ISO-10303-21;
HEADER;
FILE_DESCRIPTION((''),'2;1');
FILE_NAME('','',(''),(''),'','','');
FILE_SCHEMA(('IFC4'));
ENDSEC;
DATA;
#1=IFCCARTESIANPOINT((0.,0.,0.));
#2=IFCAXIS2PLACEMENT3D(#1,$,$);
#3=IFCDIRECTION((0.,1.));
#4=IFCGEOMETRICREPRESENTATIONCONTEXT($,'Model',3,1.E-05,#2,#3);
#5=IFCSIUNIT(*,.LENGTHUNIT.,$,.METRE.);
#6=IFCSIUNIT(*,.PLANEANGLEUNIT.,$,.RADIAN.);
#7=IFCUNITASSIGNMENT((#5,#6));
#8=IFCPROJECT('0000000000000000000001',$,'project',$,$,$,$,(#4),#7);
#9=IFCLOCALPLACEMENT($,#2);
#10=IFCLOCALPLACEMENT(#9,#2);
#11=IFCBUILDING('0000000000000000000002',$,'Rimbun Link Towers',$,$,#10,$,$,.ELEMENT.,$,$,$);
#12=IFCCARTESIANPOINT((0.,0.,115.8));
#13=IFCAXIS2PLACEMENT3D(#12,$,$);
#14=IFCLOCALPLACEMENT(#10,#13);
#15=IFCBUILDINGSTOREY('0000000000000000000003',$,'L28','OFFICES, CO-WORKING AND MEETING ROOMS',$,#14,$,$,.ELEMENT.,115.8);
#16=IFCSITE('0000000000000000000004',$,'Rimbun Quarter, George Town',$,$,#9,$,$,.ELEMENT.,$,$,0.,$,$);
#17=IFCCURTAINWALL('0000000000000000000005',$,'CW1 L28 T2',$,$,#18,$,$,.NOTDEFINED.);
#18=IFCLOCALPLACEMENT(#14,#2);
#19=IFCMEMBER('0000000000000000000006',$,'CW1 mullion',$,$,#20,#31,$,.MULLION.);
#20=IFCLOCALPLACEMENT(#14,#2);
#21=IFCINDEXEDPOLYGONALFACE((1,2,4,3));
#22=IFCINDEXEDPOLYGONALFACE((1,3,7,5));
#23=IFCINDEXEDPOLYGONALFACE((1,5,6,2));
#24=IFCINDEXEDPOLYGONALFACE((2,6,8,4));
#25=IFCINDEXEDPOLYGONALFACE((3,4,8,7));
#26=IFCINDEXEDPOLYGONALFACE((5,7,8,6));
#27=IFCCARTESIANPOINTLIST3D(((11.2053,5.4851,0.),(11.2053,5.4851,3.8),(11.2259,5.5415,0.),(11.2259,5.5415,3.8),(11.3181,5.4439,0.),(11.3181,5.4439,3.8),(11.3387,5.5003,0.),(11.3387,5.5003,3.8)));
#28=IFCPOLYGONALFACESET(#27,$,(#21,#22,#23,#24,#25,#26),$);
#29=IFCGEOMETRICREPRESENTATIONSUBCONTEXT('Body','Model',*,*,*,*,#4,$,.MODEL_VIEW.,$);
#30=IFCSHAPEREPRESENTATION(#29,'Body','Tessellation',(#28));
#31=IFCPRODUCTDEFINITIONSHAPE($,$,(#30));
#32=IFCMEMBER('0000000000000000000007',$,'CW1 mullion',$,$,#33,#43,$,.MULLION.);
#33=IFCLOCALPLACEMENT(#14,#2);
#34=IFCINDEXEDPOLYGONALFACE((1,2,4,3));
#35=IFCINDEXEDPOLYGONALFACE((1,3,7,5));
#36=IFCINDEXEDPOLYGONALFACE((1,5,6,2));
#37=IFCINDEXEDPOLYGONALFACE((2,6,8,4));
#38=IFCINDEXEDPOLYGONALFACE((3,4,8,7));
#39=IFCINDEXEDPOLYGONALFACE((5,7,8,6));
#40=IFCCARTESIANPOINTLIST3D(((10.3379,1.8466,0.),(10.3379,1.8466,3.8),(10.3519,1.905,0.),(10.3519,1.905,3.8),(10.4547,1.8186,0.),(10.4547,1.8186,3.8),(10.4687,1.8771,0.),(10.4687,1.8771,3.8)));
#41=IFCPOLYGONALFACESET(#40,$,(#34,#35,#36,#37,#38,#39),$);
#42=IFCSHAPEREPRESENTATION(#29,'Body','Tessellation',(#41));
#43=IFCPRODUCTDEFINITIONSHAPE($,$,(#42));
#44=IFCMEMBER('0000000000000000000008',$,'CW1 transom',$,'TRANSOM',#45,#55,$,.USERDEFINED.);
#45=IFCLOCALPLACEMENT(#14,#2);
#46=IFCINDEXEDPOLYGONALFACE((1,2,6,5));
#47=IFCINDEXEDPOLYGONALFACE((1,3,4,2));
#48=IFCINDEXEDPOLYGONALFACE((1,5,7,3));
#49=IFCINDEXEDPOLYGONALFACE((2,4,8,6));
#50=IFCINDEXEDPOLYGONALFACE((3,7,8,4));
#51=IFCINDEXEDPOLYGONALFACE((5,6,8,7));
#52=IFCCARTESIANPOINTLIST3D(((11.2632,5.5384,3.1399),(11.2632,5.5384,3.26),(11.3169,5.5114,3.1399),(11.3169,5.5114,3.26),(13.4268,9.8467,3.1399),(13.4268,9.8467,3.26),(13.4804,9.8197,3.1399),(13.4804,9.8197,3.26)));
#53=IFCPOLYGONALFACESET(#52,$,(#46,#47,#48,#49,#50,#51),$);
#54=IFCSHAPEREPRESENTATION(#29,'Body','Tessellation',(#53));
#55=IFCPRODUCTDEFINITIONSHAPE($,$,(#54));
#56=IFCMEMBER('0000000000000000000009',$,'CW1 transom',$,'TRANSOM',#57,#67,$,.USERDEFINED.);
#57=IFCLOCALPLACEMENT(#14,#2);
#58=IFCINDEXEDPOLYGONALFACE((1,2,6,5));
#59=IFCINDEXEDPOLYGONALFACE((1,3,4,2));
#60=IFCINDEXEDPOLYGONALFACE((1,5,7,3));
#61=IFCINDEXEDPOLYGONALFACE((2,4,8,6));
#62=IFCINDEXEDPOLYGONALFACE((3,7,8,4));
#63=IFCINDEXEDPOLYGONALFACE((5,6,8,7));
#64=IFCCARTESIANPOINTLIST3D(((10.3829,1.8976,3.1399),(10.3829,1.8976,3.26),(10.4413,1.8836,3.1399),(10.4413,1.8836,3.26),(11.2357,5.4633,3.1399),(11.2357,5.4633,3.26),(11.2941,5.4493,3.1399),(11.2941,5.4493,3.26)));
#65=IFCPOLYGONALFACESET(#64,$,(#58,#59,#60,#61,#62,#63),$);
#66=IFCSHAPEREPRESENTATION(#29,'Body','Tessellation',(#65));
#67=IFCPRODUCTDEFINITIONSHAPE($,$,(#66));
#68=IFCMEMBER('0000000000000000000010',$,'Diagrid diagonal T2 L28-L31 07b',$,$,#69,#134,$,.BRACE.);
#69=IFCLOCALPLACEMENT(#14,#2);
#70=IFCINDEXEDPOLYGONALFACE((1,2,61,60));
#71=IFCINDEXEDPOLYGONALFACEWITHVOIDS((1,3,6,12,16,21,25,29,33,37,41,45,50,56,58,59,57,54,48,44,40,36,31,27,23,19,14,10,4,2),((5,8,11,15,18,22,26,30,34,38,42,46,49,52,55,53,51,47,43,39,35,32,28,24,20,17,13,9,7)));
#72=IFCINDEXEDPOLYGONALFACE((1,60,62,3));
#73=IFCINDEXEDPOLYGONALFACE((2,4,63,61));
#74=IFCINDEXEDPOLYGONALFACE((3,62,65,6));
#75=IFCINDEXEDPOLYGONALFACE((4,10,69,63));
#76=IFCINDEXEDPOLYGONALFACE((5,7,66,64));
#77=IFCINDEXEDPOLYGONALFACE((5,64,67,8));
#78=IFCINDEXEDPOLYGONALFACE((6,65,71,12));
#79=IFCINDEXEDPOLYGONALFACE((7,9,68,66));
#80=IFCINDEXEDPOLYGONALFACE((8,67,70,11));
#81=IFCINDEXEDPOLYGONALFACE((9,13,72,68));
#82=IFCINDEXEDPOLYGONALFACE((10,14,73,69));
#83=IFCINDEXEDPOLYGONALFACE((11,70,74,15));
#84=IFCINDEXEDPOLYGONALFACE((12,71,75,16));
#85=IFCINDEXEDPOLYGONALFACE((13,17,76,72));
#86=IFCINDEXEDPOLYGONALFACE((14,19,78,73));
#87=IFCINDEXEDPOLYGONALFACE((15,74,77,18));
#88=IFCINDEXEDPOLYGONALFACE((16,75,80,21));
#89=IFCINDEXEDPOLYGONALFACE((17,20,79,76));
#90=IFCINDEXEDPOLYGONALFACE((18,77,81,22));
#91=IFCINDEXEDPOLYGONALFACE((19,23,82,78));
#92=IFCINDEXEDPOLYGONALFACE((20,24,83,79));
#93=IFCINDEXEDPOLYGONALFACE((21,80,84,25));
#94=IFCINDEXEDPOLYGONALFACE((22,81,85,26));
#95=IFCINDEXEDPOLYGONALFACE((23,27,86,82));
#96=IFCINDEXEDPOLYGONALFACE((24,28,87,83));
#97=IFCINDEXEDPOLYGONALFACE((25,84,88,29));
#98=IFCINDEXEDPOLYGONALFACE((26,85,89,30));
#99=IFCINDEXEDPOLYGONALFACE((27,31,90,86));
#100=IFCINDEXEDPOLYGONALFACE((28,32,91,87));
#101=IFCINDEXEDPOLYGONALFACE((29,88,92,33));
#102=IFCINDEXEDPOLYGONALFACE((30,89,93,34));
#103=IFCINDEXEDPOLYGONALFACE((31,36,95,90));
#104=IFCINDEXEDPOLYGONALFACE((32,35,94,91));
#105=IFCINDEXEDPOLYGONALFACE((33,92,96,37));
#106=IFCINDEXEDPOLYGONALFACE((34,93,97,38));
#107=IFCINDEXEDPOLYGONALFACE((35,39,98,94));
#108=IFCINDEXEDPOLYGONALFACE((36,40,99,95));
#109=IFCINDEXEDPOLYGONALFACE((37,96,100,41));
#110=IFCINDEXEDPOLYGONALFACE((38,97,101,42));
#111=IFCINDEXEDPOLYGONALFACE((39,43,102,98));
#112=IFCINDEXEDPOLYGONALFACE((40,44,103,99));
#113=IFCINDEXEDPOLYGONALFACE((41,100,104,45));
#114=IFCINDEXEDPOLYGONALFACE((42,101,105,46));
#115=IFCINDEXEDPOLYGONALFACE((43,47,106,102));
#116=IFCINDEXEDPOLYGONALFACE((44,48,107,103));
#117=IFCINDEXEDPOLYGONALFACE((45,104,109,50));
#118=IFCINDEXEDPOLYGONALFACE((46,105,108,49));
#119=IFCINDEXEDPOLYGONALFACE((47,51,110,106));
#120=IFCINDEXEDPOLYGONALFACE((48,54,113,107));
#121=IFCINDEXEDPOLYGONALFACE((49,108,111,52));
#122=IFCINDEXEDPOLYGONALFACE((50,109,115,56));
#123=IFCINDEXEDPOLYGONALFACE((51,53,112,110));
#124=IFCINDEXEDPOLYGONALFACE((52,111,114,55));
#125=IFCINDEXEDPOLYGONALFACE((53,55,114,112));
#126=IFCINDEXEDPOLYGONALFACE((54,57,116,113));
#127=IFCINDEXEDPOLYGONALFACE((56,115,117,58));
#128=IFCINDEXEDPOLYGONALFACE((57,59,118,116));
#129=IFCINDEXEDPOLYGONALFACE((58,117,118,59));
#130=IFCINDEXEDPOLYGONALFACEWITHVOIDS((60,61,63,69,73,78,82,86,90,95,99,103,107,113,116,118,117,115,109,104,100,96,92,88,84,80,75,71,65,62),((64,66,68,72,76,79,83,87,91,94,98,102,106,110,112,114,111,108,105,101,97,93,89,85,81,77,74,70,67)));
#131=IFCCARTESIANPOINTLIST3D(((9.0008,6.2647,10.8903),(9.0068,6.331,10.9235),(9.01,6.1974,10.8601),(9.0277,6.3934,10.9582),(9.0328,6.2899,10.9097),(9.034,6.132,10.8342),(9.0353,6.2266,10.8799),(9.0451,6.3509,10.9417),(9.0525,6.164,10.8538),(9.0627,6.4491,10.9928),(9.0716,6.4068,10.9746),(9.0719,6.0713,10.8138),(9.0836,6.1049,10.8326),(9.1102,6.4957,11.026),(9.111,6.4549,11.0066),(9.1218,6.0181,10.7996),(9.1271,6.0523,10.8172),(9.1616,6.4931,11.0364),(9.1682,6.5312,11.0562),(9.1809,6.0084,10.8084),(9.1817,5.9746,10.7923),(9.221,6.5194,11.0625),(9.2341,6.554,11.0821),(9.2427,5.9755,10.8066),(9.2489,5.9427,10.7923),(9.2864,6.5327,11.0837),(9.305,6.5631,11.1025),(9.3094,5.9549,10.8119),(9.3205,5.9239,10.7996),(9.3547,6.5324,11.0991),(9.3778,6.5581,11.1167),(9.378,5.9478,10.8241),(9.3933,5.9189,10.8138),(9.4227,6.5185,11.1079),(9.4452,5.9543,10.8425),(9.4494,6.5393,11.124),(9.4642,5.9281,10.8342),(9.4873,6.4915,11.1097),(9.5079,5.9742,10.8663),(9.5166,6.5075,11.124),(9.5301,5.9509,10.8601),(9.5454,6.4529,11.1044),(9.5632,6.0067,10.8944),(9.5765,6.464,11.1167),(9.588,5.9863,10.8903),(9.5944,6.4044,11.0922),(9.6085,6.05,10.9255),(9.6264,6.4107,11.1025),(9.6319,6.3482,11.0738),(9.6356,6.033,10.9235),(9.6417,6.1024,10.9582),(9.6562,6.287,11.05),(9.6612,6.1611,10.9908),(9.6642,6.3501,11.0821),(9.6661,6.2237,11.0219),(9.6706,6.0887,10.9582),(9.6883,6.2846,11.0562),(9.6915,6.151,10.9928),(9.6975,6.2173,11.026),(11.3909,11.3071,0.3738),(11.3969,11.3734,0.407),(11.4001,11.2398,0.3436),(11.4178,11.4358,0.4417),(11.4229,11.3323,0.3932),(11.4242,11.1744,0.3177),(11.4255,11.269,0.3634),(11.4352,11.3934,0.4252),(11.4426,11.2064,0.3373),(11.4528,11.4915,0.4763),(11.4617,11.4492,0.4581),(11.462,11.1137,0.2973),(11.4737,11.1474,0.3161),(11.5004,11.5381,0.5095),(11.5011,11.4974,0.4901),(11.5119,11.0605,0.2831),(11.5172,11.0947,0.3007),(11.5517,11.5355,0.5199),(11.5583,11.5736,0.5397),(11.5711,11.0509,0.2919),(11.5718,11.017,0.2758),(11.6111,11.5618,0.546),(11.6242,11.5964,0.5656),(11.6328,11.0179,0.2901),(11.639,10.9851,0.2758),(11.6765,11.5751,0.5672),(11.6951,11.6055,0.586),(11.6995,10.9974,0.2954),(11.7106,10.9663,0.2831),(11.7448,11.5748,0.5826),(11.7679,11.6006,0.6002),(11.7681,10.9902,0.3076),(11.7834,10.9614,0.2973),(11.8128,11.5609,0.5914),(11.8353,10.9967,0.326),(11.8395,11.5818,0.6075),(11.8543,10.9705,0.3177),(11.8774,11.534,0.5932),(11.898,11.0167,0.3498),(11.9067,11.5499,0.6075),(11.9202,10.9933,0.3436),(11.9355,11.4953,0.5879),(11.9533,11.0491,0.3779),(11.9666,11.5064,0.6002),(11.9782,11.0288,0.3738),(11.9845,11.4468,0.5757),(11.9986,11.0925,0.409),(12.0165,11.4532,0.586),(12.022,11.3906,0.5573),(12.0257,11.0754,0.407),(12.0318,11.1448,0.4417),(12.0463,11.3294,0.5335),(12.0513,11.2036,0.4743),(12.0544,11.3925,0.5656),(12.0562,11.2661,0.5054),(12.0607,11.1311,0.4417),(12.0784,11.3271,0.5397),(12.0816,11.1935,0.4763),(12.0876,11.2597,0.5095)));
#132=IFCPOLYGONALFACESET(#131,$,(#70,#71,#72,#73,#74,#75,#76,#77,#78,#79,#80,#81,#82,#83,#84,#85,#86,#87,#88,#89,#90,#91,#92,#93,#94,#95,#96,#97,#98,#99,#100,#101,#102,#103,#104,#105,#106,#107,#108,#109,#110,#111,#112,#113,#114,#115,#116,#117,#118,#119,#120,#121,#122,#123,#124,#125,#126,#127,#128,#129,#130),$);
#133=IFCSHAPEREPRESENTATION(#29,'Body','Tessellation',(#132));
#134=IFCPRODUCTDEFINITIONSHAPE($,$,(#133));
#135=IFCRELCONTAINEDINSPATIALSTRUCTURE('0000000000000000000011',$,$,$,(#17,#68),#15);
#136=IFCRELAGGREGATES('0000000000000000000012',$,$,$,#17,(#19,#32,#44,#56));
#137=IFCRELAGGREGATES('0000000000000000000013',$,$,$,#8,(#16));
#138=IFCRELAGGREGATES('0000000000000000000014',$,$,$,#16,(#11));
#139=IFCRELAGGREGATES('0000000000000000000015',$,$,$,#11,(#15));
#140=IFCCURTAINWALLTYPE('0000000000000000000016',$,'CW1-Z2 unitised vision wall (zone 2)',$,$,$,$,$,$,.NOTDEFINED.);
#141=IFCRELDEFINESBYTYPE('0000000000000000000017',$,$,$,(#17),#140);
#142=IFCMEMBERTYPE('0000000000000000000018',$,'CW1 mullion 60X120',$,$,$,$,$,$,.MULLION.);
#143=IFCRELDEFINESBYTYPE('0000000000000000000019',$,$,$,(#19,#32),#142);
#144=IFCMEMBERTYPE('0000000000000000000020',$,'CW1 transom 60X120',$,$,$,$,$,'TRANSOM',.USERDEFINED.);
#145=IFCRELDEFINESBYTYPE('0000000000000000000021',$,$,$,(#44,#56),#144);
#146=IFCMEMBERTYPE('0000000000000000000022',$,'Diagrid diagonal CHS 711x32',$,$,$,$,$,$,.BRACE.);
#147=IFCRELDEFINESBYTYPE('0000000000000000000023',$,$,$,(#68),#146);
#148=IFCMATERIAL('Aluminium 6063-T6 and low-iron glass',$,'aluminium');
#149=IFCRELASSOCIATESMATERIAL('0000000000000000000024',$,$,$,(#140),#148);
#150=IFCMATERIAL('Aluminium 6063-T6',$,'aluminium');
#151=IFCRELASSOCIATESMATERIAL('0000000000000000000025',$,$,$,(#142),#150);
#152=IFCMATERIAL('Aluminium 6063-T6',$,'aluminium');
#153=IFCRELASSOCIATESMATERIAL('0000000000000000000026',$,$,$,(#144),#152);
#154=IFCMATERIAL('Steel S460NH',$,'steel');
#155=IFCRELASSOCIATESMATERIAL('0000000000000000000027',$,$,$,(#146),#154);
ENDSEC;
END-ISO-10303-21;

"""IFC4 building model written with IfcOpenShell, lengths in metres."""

from ifc_helpers import new_model, si_unit, direction, frame, origin, origin_2d, place, context, subcontext, project, spatial, rectangle, hollow_circle, extrude, material, material_profile, profile_set, type_object, element, aggregate, save


model = new_model("IFC4")

# Units and contexts
model_context = context("Model", 3, precision=1e-05, world=origin(), true_north=direction((0.0, 1.0)))
body_context = subcontext(model_context, "Body", "Model", "MODEL_VIEW")
ifc_project = project(units=[si_unit("LENGTHUNIT", "METRE"), si_unit("PLANEANGLEUNIT", "RADIAN")], contexts=[model_context])

# Site, building, storey
site_placement = place(None, origin())
site = spatial("IfcSite", under=ifc_project, at=site_placement, Name="Rimbun Quarter, George Town", CompositionType="ELEMENT", RefElevation=0.0)
building_placement = place(site_placement, origin())
building = spatial("IfcBuilding", under=site, at=building_placement, Name="Rimbun Link Towers", CompositionType="ELEMENT")
storey_placement = place(building_placement, frame((0.0, 0.0, 115.8)))
storey = spatial("IfcBuildingStorey", under=building, at=storey_placement, Name="L28", Description="OFFICES, CO-WORKING AND MEETING ROOMS", CompositionType="ELEMENT", Elevation=115.8)

# Curtain wall, members
ifc_material_1 = material(Name="Aluminium 6063-T6 and low-iron glass", Category="aluminium")
curtain_wall_type = type_object("IfcCurtainWallType", Name="CW1-Z2 unitised vision wall (zone 2)", PredefinedType="NOTDEFINED", material=ifc_material_1)
curtain_wall_placement = place(storey_placement, origin())
curtain_wall = element("IfcCurtainWall", 1, at=curtain_wall_placement, inside=storey, type_object=curtain_wall_type, Name="CW1 L28 T2", PredefinedType="NOTDEFINED")
ifc_material_2 = material(Name="Aluminium 6063-T6", Category="aluminium")
ifc_material_profile_1 = material_profile(ifc_material_2, rectangle(XDim=0.1201, YDim=0.0601, at=origin_2d()), Name="MULLION 60X120")
ifc_profile_set_1 = profile_set([ifc_material_profile_1], Name="Aluminium 6063-T6")
member_type_1 = type_object("IfcMemberType", Name="CW1 mullion 60X120", PredefinedType="MULLION", material=ifc_profile_set_1)
member_1_placement = place(storey_placement, frame((11.272, 5.4927, 0.0), z_axis=(0.0, 0.0, 1.0), x_axis=(-0.939345, 0.342975, 0.0)))
member_1 = element("IfcMember", 2, at=member_1_placement, type_object=member_type_1, Name="CW1 mullion", PredefinedType="MULLION", context=body_context, shape_type="SweptSolid", body=[
    extrude(rectangle(XDim=0.1201, YDim=0.0601, at=origin_2d()), origin(), (0.0, 0.0, 1.0), 3.8),
])
member_2_placement = place(storey_placement, frame((10.4033, 1.8618, 0.0), z_axis=(0.0, 0.0, 1.0), x_axis=(-0.972572, 0.232603, 0.0)))
member_2 = element("IfcMember", 3, at=member_2_placement, type_object=member_type_1, Name="CW1 mullion", PredefinedType="MULLION", context=body_context, shape_type="SweptSolid", body=[
    extrude(rectangle(XDim=0.1201, YDim=0.0601, at=origin_2d()), origin(), (0.0, 0.0, 1.0), 3.8),
])
ifc_material_3 = material(Name="Aluminium 6063-T6", Category="aluminium")
ifc_material_profile_2 = material_profile(ifc_material_3, rectangle(XDim=0.0601, YDim=0.1201, at=origin_2d()), Name="TRANSOM 60X120")
ifc_profile_set_2 = profile_set([ifc_material_profile_2], Name="Aluminium 6063-T6")
member_type_2 = type_object("IfcMemberType", Name="CW1 transom 60X120", ElementType="TRANSOM", PredefinedType="USERDEFINED", material=ifc_profile_set_2)
member_3_placement = place(storey_placement, frame((11.29, 5.5249, 3.2), z_axis=(0.448773, 0.893646, 0.0), x_axis=(-0.893646, 0.448773, 0.0)))
member_3 = element("IfcMember", 4, at=member_3_placement, type_object=member_type_2, Name="CW1 transom", ObjectType="TRANSOM", PredefinedType="USERDEFINED", context=body_context, shape_type="SweptSolid", body=[
    extrude(rectangle(XDim=0.0601, YDim=0.1201, at=origin_2d()), origin(), (0.0, 0.0, 1.0), 4.821),
])
member_4_placement = place(storey_placement, frame((10.4121, 1.8906, 3.2), z_axis=(0.232605, 0.972571, 0.0), x_axis=(-0.972571, 0.232605, 0.0)))
member_4 = element("IfcMember", 5, at=member_4_placement, type_object=member_type_2, Name="CW1 transom", ObjectType="TRANSOM", PredefinedType="USERDEFINED", context=body_context, shape_type="SweptSolid", body=[
    extrude(rectangle(XDim=0.0601, YDim=0.1201, at=origin_2d()), origin(), (0.0, 0.0, 1.0), 3.6663),
])

# Member
ifc_material_4 = material(Name="Steel S460NH", Category="steel")
ifc_material_profile_3 = material_profile(ifc_material_4, hollow_circle(Radius=0.3557, WallThickness=0.032, at=origin_2d()), Name="Diagrid diagonal CHS 711x32")
ifc_profile_set_3 = profile_set([ifc_material_profile_3], Name="Steel S460NH")
member_type_3 = type_object("IfcMemberType", Name="Diagrid diagonal CHS 711x32", PredefinedType="BRACE", material=ifc_profile_set_3)
member_5_placement = place(storey_placement, frame((11.7393, 11.2834, 0.4417), z_axis=(-0.200761, -0.423546, 0.883348), x_axis=(0.903627, -0.42832, 0.0)))
element("IfcMember", 6, at=member_5_placement, inside=storey, type_object=member_type_3, Name="Diagrid diagonal T2 L28-L31 07b", PredefinedType="BRACE", context=body_context, shape_type="SweptSolid", body=[
    extrude(hollow_circle(Radius=0.3557, WallThickness=0.032, at=origin_2d()), origin(), (0.0, 0.0, 1.0), 11.9053),
])

aggregate(curtain_wall, [member_1, member_2, member_3, member_4])

save(model, "model.ifc")
